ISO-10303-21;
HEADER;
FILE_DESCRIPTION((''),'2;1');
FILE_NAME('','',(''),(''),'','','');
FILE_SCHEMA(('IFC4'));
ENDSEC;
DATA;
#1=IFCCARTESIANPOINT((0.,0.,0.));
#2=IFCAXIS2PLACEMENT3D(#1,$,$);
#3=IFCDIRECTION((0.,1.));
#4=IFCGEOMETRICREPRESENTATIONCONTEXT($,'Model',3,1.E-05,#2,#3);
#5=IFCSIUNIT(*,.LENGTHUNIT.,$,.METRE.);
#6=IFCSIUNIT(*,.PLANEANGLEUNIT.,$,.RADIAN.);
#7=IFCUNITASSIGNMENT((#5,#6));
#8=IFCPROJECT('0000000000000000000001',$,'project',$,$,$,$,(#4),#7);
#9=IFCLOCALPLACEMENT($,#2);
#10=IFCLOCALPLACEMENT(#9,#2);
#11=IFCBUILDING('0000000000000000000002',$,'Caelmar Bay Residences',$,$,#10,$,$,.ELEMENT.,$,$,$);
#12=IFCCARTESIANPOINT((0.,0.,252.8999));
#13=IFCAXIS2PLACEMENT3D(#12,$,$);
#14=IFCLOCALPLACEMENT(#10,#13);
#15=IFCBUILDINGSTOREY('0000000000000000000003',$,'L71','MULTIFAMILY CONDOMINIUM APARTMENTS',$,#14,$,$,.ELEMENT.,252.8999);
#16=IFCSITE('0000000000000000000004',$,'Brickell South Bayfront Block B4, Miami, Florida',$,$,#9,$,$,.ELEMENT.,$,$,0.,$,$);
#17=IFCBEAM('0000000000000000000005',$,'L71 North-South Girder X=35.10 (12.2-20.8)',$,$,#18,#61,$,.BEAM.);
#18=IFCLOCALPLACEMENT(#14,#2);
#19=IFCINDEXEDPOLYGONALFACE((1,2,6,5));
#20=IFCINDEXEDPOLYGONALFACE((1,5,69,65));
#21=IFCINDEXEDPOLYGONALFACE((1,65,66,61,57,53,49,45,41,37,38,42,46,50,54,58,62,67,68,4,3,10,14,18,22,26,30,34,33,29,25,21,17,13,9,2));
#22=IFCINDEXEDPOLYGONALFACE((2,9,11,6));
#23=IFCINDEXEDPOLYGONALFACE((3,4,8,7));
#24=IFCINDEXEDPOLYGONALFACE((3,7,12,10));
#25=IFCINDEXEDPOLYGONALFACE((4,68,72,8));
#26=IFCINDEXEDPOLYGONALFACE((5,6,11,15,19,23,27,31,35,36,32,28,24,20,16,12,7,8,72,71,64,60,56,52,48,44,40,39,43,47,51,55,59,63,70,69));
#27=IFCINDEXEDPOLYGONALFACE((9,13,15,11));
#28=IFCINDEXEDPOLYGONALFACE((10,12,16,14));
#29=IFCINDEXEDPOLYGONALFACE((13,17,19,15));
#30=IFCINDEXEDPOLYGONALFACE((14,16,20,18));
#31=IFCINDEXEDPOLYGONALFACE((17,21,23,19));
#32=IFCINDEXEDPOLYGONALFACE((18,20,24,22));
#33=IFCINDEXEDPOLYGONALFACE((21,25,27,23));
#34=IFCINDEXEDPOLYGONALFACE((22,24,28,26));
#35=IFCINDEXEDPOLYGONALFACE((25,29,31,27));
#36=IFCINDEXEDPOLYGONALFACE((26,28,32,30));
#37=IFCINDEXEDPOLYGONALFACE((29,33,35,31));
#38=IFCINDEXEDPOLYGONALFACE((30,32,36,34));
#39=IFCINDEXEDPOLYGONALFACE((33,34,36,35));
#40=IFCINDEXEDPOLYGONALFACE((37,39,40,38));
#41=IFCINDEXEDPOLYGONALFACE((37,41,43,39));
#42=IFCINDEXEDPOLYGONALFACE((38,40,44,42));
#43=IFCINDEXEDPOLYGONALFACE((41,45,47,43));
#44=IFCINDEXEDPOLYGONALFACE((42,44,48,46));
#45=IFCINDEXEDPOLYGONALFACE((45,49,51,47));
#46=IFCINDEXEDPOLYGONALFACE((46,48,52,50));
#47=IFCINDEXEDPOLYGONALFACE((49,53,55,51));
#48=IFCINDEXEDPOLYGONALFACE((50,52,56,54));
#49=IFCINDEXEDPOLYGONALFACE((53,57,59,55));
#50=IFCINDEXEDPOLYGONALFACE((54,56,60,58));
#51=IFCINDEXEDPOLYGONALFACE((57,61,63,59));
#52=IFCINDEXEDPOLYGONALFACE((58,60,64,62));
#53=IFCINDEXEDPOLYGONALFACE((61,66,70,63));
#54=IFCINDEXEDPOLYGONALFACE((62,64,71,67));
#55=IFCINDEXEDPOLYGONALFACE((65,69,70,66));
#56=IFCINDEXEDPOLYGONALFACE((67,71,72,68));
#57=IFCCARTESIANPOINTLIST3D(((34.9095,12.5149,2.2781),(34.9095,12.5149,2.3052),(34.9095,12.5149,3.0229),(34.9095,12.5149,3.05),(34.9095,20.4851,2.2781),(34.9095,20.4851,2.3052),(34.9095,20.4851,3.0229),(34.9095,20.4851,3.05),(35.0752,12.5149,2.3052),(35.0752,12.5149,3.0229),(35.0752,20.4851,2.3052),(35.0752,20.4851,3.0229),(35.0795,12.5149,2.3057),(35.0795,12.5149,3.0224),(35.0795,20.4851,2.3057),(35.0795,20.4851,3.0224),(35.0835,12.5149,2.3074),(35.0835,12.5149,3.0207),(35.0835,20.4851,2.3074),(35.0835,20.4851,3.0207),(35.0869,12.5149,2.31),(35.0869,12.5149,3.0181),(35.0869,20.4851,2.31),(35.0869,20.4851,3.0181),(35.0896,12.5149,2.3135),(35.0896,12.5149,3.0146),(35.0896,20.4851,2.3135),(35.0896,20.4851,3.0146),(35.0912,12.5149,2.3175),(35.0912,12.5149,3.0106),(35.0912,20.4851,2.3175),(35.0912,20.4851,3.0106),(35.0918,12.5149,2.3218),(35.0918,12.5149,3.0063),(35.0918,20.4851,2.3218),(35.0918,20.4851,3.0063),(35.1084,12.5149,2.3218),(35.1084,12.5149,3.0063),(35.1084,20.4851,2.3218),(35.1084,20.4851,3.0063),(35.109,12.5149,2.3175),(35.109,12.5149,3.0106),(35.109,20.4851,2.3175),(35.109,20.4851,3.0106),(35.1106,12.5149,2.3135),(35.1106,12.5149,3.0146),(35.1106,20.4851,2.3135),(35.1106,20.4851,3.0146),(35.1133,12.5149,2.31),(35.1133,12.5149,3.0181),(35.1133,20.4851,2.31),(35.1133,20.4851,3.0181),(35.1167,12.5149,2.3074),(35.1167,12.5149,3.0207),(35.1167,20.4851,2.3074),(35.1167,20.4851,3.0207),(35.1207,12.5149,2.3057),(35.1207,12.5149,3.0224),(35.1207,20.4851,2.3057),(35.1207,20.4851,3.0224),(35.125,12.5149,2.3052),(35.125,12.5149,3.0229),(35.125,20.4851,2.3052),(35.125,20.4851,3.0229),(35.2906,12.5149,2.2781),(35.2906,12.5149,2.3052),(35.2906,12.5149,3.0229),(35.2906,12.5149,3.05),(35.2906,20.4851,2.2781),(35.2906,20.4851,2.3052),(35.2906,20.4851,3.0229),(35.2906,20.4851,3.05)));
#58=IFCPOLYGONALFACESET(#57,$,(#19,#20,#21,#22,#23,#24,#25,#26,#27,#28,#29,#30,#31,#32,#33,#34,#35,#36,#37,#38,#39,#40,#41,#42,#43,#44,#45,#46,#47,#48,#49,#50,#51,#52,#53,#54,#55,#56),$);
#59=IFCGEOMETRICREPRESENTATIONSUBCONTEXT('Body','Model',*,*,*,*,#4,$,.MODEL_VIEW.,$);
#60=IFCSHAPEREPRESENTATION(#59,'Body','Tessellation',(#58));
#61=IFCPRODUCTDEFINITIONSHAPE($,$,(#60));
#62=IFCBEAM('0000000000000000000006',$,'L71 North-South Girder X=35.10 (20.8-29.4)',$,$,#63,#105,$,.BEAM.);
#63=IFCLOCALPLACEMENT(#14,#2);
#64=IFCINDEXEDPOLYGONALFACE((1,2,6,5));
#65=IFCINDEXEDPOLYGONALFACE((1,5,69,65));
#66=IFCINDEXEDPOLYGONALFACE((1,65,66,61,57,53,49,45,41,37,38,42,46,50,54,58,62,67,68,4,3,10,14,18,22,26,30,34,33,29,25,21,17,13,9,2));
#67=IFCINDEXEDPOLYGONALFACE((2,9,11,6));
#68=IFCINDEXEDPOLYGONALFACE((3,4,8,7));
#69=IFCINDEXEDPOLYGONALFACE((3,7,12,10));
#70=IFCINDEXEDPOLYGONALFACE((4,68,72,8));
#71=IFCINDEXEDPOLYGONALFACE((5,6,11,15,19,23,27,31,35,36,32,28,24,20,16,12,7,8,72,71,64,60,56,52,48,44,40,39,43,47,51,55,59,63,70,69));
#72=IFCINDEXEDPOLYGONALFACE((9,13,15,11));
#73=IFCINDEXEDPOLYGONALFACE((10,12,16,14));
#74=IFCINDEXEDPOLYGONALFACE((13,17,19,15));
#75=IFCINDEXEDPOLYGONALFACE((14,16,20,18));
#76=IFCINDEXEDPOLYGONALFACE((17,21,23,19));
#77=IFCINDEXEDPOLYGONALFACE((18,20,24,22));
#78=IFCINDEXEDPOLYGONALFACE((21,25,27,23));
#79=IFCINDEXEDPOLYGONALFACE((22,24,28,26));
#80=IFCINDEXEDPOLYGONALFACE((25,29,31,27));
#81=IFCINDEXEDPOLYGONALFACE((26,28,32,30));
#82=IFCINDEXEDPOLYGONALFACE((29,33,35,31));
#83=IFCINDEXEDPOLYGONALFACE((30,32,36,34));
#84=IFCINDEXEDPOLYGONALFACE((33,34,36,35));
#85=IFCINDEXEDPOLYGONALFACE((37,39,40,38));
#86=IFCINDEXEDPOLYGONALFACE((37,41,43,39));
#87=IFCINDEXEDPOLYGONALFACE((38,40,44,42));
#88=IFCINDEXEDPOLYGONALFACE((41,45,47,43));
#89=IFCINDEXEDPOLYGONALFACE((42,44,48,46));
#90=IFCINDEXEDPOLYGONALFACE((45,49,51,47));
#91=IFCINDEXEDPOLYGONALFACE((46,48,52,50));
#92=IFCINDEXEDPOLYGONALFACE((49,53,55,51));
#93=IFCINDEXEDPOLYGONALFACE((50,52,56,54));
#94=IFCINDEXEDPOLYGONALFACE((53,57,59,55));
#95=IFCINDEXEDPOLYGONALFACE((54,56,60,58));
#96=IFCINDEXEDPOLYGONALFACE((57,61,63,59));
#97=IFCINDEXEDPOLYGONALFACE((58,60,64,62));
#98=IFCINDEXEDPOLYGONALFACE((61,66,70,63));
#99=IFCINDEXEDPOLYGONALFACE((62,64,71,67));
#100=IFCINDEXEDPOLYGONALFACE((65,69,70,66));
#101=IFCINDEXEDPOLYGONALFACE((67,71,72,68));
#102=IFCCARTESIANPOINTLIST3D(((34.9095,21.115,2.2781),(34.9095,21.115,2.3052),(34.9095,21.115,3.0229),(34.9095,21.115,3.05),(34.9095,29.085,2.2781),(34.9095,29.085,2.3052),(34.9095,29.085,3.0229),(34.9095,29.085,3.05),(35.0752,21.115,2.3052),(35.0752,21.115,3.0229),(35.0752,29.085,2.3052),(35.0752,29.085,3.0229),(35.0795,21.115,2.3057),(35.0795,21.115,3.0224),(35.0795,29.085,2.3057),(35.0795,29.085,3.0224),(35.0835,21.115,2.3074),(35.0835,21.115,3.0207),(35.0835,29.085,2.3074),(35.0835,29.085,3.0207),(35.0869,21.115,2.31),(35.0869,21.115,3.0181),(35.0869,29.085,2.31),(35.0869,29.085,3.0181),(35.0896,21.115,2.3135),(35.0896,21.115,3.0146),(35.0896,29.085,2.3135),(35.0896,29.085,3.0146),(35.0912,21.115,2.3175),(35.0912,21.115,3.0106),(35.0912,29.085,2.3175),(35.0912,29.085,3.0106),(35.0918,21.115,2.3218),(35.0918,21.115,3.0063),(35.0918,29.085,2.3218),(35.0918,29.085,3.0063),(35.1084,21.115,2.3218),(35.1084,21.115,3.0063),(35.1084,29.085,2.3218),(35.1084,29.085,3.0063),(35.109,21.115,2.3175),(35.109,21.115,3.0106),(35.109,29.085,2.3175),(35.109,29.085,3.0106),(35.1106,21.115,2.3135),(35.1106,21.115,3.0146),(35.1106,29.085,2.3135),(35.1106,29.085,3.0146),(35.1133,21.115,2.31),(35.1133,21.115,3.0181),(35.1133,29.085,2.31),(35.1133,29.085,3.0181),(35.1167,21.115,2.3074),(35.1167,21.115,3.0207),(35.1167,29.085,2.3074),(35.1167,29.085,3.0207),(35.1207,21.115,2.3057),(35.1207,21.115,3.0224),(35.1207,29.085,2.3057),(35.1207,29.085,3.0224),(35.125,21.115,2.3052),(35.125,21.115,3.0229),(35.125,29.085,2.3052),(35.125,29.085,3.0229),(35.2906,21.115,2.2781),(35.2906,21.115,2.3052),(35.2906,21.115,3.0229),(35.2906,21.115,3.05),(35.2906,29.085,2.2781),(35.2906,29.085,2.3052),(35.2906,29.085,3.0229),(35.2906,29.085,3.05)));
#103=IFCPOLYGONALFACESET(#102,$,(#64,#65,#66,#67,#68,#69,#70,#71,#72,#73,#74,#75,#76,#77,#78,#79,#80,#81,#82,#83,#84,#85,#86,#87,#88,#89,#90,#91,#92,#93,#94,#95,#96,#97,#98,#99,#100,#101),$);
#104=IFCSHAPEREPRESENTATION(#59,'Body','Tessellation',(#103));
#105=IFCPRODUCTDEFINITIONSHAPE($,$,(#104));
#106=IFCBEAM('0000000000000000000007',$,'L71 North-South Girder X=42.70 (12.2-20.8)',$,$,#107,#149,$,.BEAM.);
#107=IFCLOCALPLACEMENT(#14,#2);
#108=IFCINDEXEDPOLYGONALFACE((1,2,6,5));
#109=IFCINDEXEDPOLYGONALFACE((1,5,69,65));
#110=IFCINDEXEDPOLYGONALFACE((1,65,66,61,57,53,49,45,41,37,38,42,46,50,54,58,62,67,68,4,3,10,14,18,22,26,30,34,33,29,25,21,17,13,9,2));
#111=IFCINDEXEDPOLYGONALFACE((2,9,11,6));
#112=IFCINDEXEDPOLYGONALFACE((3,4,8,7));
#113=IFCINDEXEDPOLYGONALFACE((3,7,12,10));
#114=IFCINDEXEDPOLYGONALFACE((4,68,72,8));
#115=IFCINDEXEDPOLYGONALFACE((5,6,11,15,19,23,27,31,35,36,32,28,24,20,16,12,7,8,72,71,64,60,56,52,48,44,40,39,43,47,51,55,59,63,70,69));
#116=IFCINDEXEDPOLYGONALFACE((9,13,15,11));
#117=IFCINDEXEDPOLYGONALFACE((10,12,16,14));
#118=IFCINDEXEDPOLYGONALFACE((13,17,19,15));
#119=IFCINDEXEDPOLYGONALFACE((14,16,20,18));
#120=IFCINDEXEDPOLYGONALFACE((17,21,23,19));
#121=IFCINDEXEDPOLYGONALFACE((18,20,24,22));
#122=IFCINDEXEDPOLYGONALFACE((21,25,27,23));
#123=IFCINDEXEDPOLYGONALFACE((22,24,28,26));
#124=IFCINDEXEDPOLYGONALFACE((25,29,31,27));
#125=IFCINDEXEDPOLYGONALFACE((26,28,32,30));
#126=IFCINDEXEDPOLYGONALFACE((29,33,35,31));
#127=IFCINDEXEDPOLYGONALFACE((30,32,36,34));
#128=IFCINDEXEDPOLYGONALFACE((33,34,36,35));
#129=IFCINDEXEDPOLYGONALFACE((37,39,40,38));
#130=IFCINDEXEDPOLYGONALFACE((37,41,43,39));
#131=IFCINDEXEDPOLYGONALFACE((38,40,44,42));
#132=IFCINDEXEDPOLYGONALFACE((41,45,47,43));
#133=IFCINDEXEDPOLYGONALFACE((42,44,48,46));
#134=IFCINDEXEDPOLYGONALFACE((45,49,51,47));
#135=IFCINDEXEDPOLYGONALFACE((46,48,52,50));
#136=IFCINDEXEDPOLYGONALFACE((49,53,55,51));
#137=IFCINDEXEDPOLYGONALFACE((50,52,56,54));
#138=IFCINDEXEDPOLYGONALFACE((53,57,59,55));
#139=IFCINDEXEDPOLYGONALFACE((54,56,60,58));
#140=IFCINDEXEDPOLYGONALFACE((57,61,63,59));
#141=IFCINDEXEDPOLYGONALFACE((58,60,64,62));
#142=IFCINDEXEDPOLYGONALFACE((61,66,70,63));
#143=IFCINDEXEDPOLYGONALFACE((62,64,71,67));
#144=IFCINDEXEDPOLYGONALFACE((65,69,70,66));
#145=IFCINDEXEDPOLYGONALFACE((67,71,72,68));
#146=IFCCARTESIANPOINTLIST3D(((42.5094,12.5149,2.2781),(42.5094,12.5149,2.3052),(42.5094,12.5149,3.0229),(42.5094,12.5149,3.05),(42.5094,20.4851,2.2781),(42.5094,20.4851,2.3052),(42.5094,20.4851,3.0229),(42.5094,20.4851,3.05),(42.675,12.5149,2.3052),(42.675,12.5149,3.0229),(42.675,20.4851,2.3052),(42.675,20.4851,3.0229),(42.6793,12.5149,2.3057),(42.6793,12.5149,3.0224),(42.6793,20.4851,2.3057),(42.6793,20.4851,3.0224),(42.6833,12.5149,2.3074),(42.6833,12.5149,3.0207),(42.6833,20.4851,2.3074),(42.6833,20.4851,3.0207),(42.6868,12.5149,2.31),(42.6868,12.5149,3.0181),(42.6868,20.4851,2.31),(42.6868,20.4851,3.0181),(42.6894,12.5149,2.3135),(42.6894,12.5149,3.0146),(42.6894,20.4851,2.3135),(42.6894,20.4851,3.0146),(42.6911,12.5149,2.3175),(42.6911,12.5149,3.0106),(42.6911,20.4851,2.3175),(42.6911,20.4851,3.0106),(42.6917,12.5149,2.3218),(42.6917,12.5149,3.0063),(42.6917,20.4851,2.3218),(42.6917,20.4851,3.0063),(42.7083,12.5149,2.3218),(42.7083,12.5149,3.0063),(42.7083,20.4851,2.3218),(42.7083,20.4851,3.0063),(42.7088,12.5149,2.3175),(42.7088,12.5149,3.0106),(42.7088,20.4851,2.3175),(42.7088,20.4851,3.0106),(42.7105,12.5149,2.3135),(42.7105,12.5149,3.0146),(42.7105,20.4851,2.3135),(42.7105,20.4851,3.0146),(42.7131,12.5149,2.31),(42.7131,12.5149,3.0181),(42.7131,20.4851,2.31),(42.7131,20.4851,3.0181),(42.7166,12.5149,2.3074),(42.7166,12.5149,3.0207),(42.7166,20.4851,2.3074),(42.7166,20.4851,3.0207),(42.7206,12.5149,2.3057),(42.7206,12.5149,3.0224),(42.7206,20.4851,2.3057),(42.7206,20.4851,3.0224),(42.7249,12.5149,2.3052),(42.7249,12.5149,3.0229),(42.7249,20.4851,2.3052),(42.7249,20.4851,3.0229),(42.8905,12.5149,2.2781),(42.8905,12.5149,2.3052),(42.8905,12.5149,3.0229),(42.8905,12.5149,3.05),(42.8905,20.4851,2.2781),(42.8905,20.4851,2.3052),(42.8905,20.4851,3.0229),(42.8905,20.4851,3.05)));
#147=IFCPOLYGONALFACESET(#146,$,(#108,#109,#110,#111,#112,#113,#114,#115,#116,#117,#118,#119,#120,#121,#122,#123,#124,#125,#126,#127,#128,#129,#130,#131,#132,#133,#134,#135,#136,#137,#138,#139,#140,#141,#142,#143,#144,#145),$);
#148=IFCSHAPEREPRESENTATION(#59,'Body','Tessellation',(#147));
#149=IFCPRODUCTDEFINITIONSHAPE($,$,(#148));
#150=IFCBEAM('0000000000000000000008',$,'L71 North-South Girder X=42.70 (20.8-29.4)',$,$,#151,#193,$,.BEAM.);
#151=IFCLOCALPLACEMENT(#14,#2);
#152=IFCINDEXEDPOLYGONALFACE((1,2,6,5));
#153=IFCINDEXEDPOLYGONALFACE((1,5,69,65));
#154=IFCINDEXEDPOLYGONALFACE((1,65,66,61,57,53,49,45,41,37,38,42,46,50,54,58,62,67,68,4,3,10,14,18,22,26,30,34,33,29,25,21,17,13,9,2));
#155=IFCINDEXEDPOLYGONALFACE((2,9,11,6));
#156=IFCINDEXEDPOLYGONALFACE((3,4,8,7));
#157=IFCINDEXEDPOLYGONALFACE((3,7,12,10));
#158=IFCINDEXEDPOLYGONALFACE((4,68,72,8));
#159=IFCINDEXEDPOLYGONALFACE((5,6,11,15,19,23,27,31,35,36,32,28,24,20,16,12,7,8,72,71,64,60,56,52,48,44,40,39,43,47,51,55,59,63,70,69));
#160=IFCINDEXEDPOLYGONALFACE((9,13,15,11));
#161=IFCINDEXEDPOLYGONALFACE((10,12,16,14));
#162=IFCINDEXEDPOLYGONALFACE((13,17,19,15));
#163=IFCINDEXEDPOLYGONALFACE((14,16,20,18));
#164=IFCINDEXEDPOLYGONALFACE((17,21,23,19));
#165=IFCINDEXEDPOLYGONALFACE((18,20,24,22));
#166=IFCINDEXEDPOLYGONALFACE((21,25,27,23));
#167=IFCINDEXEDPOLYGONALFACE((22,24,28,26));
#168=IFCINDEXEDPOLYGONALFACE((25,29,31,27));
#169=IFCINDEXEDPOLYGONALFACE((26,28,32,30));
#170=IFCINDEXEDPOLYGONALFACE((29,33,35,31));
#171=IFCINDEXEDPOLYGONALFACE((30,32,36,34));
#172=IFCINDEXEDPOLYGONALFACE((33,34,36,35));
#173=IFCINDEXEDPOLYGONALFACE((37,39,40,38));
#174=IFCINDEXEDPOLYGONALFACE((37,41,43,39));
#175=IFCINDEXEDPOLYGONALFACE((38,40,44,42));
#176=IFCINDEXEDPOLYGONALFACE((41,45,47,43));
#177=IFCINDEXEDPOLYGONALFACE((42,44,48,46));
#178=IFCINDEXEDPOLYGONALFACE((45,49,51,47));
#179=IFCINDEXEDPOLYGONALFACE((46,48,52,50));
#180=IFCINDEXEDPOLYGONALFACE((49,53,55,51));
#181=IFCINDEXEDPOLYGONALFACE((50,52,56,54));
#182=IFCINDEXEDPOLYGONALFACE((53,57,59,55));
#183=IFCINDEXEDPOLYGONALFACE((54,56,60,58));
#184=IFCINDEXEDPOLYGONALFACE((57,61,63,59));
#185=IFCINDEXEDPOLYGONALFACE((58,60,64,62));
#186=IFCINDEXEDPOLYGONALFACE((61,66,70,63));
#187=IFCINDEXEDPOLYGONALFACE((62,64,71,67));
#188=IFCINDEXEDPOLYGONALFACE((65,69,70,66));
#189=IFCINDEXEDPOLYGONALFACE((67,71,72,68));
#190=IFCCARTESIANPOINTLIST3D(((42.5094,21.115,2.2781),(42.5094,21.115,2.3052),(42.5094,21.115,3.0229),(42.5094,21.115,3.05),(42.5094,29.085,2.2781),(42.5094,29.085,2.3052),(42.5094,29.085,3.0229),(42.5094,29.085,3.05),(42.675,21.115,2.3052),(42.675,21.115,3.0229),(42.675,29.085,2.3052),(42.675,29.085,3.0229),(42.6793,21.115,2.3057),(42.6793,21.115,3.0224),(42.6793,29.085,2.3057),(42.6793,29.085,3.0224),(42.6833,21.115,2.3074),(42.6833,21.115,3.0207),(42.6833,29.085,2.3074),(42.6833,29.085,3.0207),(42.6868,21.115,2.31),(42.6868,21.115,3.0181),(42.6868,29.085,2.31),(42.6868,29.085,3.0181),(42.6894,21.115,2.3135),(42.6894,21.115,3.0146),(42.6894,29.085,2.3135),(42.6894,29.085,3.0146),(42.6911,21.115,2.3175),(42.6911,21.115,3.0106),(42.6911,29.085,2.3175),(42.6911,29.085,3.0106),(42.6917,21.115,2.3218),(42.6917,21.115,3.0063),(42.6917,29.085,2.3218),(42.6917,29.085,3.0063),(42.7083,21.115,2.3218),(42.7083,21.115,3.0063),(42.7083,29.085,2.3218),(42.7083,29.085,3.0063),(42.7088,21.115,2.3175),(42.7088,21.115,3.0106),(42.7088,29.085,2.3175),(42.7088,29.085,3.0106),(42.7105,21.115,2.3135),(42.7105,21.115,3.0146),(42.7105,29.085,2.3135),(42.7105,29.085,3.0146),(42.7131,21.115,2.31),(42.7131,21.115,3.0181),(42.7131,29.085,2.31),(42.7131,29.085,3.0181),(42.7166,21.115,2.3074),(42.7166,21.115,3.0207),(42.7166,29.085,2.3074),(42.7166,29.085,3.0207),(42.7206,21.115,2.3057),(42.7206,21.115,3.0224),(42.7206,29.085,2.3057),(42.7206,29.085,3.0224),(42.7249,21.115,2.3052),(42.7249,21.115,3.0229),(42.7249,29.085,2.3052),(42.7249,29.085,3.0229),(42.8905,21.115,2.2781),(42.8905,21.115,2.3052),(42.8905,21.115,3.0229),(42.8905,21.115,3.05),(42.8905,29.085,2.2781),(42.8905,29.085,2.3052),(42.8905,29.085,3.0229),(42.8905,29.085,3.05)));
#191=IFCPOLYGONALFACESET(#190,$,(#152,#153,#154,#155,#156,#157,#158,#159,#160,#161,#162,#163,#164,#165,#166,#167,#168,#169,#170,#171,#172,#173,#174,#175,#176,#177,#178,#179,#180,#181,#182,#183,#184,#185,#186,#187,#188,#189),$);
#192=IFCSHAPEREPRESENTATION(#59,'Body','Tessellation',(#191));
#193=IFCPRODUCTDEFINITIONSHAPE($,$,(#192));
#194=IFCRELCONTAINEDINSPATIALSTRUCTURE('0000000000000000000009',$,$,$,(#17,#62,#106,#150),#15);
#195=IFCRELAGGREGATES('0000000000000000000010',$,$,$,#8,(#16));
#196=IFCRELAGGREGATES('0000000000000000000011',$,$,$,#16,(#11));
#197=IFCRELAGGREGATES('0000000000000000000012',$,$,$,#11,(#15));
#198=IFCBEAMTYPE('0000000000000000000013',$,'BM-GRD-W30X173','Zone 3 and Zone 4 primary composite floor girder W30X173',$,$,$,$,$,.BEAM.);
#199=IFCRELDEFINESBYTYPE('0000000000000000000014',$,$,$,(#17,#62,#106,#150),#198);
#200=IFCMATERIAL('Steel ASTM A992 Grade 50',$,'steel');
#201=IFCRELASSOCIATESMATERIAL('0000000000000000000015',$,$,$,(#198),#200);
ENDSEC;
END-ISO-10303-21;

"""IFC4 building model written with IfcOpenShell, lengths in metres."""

from ifc_helpers import new_model, si_unit, direction, frame, origin, origin_2d, place, context, subcontext, project, spatial, i_section, extrude, material, material_profile, profile_set, type_object, element, save


model = new_model("IFC4")

# Units and contexts
model_context = context("Model", 3, precision=1e-05, world=origin(), true_north=direction((0.0, 1.0)))
body_context = subcontext(model_context, "Body", "Model", "MODEL_VIEW")
ifc_project = project(units=[si_unit("LENGTHUNIT", "METRE"), si_unit("PLANEANGLEUNIT", "RADIAN")], contexts=[model_context])

# Site, building, storey
site_placement = place(None, origin())
site = spatial("IfcSite", under=ifc_project, at=site_placement, Name="Brickell South Bayfront Block B4, Miami, Florida", CompositionType="ELEMENT", RefElevation=0.0)
building_placement = place(site_placement, origin())
building = spatial("IfcBuilding", under=site, at=building_placement, Name="Caelmar Bay Residences", CompositionType="ELEMENT")
storey_placement = place(building_placement, frame((0.0, 0.0, 252.8999)))
storey = spatial("IfcBuildingStorey", under=building, at=storey_placement, Name="L71", Description="MULTIFAMILY CONDOMINIUM APARTMENTS", CompositionType="ELEMENT", Elevation=252.8999)

# Beams
ifc_material_1 = material(Name="Steel ASTM A992 Grade 50", Category="steel")
ifc_material_profile_1 = material_profile(ifc_material_1, i_section(OverallWidth=0.3811, OverallDepth=0.772, WebThickness=0.0166, FlangeThickness=0.0271, FilletRadius=0.0166, at=origin_2d()), Name="W30X173")
ifc_profile_set_1 = profile_set([ifc_material_profile_1], Name="Steel ASTM A992 Grade 50")
beam_type_1 = type_object("IfcBeamType", Name="BM-GRD-W30X173", Description="Zone 3 and Zone 4 primary composite floor girder W30X173", PredefinedType="BEAM", material=ifc_profile_set_1)
beam_1_placement = place(storey_placement, frame((35.1001, 12.5149, 2.6641), z_axis=(0.0, 1.0, 0.0), x_axis=(-1.0, 0.0, 0.0)))
element("IfcBeam", 1, at=beam_1_placement, inside=storey, type_object=beam_type_1, Name="L71 North-South Girder X=35.10 (12.2-20.8)", PredefinedType="BEAM", context=body_context, shape_type="SweptSolid", body=[
    extrude(i_section(OverallWidth=0.3811, OverallDepth=0.772, WebThickness=0.0166, FlangeThickness=0.0271, FilletRadius=0.0166, at=origin_2d()), origin(), (0.0, 0.0, 1.0), 7.9702),
])
beam_2_placement = place(storey_placement, frame((35.1001, 21.115, 2.6641), z_axis=(0.0, 1.0, 0.0), x_axis=(-1.0, 0.0, 0.0)))
element("IfcBeam", 2, at=beam_2_placement, inside=storey, type_object=beam_type_1, Name="L71 North-South Girder X=35.10 (20.8-29.4)", PredefinedType="BEAM", context=body_context, shape_type="SweptSolid", body=[
    extrude(i_section(OverallWidth=0.3811, OverallDepth=0.772, WebThickness=0.0166, FlangeThickness=0.0271, FilletRadius=0.0166, at=origin_2d()), origin(), (0.0, 0.0, 1.0), 7.97),
])
beam_3_placement = place(storey_placement, frame((42.7, 12.5149, 2.6641), z_axis=(0.0, 1.0, 0.0), x_axis=(-1.0, 0.0, 0.0)))
element("IfcBeam", 3, at=beam_3_placement, inside=storey, type_object=beam_type_1, Name="L71 North-South Girder X=42.70 (12.2-20.8)", PredefinedType="BEAM", context=body_context, shape_type="SweptSolid", body=[
    extrude(i_section(OverallWidth=0.3811, OverallDepth=0.772, WebThickness=0.0166, FlangeThickness=0.0271, FilletRadius=0.0166, at=origin_2d()), origin(), (0.0, 0.0, 1.0), 7.9702),
])
beam_4_placement = place(storey_placement, frame((42.7, 21.115, 2.6641), z_axis=(0.0, 1.0, 0.0), x_axis=(-1.0, 0.0, 0.0)))
element("IfcBeam", 4, at=beam_4_placement, inside=storey, type_object=beam_type_1, Name="L71 North-South Girder X=42.70 (20.8-29.4)", PredefinedType="BEAM", context=body_context, shape_type="SweptSolid", body=[
    extrude(i_section(OverallWidth=0.3811, OverallDepth=0.772, WebThickness=0.0166, FlangeThickness=0.0271, FilletRadius=0.0166, at=origin_2d()), origin(), (0.0, 0.0, 1.0), 7.97),
])

save(model, "model.ifc")
